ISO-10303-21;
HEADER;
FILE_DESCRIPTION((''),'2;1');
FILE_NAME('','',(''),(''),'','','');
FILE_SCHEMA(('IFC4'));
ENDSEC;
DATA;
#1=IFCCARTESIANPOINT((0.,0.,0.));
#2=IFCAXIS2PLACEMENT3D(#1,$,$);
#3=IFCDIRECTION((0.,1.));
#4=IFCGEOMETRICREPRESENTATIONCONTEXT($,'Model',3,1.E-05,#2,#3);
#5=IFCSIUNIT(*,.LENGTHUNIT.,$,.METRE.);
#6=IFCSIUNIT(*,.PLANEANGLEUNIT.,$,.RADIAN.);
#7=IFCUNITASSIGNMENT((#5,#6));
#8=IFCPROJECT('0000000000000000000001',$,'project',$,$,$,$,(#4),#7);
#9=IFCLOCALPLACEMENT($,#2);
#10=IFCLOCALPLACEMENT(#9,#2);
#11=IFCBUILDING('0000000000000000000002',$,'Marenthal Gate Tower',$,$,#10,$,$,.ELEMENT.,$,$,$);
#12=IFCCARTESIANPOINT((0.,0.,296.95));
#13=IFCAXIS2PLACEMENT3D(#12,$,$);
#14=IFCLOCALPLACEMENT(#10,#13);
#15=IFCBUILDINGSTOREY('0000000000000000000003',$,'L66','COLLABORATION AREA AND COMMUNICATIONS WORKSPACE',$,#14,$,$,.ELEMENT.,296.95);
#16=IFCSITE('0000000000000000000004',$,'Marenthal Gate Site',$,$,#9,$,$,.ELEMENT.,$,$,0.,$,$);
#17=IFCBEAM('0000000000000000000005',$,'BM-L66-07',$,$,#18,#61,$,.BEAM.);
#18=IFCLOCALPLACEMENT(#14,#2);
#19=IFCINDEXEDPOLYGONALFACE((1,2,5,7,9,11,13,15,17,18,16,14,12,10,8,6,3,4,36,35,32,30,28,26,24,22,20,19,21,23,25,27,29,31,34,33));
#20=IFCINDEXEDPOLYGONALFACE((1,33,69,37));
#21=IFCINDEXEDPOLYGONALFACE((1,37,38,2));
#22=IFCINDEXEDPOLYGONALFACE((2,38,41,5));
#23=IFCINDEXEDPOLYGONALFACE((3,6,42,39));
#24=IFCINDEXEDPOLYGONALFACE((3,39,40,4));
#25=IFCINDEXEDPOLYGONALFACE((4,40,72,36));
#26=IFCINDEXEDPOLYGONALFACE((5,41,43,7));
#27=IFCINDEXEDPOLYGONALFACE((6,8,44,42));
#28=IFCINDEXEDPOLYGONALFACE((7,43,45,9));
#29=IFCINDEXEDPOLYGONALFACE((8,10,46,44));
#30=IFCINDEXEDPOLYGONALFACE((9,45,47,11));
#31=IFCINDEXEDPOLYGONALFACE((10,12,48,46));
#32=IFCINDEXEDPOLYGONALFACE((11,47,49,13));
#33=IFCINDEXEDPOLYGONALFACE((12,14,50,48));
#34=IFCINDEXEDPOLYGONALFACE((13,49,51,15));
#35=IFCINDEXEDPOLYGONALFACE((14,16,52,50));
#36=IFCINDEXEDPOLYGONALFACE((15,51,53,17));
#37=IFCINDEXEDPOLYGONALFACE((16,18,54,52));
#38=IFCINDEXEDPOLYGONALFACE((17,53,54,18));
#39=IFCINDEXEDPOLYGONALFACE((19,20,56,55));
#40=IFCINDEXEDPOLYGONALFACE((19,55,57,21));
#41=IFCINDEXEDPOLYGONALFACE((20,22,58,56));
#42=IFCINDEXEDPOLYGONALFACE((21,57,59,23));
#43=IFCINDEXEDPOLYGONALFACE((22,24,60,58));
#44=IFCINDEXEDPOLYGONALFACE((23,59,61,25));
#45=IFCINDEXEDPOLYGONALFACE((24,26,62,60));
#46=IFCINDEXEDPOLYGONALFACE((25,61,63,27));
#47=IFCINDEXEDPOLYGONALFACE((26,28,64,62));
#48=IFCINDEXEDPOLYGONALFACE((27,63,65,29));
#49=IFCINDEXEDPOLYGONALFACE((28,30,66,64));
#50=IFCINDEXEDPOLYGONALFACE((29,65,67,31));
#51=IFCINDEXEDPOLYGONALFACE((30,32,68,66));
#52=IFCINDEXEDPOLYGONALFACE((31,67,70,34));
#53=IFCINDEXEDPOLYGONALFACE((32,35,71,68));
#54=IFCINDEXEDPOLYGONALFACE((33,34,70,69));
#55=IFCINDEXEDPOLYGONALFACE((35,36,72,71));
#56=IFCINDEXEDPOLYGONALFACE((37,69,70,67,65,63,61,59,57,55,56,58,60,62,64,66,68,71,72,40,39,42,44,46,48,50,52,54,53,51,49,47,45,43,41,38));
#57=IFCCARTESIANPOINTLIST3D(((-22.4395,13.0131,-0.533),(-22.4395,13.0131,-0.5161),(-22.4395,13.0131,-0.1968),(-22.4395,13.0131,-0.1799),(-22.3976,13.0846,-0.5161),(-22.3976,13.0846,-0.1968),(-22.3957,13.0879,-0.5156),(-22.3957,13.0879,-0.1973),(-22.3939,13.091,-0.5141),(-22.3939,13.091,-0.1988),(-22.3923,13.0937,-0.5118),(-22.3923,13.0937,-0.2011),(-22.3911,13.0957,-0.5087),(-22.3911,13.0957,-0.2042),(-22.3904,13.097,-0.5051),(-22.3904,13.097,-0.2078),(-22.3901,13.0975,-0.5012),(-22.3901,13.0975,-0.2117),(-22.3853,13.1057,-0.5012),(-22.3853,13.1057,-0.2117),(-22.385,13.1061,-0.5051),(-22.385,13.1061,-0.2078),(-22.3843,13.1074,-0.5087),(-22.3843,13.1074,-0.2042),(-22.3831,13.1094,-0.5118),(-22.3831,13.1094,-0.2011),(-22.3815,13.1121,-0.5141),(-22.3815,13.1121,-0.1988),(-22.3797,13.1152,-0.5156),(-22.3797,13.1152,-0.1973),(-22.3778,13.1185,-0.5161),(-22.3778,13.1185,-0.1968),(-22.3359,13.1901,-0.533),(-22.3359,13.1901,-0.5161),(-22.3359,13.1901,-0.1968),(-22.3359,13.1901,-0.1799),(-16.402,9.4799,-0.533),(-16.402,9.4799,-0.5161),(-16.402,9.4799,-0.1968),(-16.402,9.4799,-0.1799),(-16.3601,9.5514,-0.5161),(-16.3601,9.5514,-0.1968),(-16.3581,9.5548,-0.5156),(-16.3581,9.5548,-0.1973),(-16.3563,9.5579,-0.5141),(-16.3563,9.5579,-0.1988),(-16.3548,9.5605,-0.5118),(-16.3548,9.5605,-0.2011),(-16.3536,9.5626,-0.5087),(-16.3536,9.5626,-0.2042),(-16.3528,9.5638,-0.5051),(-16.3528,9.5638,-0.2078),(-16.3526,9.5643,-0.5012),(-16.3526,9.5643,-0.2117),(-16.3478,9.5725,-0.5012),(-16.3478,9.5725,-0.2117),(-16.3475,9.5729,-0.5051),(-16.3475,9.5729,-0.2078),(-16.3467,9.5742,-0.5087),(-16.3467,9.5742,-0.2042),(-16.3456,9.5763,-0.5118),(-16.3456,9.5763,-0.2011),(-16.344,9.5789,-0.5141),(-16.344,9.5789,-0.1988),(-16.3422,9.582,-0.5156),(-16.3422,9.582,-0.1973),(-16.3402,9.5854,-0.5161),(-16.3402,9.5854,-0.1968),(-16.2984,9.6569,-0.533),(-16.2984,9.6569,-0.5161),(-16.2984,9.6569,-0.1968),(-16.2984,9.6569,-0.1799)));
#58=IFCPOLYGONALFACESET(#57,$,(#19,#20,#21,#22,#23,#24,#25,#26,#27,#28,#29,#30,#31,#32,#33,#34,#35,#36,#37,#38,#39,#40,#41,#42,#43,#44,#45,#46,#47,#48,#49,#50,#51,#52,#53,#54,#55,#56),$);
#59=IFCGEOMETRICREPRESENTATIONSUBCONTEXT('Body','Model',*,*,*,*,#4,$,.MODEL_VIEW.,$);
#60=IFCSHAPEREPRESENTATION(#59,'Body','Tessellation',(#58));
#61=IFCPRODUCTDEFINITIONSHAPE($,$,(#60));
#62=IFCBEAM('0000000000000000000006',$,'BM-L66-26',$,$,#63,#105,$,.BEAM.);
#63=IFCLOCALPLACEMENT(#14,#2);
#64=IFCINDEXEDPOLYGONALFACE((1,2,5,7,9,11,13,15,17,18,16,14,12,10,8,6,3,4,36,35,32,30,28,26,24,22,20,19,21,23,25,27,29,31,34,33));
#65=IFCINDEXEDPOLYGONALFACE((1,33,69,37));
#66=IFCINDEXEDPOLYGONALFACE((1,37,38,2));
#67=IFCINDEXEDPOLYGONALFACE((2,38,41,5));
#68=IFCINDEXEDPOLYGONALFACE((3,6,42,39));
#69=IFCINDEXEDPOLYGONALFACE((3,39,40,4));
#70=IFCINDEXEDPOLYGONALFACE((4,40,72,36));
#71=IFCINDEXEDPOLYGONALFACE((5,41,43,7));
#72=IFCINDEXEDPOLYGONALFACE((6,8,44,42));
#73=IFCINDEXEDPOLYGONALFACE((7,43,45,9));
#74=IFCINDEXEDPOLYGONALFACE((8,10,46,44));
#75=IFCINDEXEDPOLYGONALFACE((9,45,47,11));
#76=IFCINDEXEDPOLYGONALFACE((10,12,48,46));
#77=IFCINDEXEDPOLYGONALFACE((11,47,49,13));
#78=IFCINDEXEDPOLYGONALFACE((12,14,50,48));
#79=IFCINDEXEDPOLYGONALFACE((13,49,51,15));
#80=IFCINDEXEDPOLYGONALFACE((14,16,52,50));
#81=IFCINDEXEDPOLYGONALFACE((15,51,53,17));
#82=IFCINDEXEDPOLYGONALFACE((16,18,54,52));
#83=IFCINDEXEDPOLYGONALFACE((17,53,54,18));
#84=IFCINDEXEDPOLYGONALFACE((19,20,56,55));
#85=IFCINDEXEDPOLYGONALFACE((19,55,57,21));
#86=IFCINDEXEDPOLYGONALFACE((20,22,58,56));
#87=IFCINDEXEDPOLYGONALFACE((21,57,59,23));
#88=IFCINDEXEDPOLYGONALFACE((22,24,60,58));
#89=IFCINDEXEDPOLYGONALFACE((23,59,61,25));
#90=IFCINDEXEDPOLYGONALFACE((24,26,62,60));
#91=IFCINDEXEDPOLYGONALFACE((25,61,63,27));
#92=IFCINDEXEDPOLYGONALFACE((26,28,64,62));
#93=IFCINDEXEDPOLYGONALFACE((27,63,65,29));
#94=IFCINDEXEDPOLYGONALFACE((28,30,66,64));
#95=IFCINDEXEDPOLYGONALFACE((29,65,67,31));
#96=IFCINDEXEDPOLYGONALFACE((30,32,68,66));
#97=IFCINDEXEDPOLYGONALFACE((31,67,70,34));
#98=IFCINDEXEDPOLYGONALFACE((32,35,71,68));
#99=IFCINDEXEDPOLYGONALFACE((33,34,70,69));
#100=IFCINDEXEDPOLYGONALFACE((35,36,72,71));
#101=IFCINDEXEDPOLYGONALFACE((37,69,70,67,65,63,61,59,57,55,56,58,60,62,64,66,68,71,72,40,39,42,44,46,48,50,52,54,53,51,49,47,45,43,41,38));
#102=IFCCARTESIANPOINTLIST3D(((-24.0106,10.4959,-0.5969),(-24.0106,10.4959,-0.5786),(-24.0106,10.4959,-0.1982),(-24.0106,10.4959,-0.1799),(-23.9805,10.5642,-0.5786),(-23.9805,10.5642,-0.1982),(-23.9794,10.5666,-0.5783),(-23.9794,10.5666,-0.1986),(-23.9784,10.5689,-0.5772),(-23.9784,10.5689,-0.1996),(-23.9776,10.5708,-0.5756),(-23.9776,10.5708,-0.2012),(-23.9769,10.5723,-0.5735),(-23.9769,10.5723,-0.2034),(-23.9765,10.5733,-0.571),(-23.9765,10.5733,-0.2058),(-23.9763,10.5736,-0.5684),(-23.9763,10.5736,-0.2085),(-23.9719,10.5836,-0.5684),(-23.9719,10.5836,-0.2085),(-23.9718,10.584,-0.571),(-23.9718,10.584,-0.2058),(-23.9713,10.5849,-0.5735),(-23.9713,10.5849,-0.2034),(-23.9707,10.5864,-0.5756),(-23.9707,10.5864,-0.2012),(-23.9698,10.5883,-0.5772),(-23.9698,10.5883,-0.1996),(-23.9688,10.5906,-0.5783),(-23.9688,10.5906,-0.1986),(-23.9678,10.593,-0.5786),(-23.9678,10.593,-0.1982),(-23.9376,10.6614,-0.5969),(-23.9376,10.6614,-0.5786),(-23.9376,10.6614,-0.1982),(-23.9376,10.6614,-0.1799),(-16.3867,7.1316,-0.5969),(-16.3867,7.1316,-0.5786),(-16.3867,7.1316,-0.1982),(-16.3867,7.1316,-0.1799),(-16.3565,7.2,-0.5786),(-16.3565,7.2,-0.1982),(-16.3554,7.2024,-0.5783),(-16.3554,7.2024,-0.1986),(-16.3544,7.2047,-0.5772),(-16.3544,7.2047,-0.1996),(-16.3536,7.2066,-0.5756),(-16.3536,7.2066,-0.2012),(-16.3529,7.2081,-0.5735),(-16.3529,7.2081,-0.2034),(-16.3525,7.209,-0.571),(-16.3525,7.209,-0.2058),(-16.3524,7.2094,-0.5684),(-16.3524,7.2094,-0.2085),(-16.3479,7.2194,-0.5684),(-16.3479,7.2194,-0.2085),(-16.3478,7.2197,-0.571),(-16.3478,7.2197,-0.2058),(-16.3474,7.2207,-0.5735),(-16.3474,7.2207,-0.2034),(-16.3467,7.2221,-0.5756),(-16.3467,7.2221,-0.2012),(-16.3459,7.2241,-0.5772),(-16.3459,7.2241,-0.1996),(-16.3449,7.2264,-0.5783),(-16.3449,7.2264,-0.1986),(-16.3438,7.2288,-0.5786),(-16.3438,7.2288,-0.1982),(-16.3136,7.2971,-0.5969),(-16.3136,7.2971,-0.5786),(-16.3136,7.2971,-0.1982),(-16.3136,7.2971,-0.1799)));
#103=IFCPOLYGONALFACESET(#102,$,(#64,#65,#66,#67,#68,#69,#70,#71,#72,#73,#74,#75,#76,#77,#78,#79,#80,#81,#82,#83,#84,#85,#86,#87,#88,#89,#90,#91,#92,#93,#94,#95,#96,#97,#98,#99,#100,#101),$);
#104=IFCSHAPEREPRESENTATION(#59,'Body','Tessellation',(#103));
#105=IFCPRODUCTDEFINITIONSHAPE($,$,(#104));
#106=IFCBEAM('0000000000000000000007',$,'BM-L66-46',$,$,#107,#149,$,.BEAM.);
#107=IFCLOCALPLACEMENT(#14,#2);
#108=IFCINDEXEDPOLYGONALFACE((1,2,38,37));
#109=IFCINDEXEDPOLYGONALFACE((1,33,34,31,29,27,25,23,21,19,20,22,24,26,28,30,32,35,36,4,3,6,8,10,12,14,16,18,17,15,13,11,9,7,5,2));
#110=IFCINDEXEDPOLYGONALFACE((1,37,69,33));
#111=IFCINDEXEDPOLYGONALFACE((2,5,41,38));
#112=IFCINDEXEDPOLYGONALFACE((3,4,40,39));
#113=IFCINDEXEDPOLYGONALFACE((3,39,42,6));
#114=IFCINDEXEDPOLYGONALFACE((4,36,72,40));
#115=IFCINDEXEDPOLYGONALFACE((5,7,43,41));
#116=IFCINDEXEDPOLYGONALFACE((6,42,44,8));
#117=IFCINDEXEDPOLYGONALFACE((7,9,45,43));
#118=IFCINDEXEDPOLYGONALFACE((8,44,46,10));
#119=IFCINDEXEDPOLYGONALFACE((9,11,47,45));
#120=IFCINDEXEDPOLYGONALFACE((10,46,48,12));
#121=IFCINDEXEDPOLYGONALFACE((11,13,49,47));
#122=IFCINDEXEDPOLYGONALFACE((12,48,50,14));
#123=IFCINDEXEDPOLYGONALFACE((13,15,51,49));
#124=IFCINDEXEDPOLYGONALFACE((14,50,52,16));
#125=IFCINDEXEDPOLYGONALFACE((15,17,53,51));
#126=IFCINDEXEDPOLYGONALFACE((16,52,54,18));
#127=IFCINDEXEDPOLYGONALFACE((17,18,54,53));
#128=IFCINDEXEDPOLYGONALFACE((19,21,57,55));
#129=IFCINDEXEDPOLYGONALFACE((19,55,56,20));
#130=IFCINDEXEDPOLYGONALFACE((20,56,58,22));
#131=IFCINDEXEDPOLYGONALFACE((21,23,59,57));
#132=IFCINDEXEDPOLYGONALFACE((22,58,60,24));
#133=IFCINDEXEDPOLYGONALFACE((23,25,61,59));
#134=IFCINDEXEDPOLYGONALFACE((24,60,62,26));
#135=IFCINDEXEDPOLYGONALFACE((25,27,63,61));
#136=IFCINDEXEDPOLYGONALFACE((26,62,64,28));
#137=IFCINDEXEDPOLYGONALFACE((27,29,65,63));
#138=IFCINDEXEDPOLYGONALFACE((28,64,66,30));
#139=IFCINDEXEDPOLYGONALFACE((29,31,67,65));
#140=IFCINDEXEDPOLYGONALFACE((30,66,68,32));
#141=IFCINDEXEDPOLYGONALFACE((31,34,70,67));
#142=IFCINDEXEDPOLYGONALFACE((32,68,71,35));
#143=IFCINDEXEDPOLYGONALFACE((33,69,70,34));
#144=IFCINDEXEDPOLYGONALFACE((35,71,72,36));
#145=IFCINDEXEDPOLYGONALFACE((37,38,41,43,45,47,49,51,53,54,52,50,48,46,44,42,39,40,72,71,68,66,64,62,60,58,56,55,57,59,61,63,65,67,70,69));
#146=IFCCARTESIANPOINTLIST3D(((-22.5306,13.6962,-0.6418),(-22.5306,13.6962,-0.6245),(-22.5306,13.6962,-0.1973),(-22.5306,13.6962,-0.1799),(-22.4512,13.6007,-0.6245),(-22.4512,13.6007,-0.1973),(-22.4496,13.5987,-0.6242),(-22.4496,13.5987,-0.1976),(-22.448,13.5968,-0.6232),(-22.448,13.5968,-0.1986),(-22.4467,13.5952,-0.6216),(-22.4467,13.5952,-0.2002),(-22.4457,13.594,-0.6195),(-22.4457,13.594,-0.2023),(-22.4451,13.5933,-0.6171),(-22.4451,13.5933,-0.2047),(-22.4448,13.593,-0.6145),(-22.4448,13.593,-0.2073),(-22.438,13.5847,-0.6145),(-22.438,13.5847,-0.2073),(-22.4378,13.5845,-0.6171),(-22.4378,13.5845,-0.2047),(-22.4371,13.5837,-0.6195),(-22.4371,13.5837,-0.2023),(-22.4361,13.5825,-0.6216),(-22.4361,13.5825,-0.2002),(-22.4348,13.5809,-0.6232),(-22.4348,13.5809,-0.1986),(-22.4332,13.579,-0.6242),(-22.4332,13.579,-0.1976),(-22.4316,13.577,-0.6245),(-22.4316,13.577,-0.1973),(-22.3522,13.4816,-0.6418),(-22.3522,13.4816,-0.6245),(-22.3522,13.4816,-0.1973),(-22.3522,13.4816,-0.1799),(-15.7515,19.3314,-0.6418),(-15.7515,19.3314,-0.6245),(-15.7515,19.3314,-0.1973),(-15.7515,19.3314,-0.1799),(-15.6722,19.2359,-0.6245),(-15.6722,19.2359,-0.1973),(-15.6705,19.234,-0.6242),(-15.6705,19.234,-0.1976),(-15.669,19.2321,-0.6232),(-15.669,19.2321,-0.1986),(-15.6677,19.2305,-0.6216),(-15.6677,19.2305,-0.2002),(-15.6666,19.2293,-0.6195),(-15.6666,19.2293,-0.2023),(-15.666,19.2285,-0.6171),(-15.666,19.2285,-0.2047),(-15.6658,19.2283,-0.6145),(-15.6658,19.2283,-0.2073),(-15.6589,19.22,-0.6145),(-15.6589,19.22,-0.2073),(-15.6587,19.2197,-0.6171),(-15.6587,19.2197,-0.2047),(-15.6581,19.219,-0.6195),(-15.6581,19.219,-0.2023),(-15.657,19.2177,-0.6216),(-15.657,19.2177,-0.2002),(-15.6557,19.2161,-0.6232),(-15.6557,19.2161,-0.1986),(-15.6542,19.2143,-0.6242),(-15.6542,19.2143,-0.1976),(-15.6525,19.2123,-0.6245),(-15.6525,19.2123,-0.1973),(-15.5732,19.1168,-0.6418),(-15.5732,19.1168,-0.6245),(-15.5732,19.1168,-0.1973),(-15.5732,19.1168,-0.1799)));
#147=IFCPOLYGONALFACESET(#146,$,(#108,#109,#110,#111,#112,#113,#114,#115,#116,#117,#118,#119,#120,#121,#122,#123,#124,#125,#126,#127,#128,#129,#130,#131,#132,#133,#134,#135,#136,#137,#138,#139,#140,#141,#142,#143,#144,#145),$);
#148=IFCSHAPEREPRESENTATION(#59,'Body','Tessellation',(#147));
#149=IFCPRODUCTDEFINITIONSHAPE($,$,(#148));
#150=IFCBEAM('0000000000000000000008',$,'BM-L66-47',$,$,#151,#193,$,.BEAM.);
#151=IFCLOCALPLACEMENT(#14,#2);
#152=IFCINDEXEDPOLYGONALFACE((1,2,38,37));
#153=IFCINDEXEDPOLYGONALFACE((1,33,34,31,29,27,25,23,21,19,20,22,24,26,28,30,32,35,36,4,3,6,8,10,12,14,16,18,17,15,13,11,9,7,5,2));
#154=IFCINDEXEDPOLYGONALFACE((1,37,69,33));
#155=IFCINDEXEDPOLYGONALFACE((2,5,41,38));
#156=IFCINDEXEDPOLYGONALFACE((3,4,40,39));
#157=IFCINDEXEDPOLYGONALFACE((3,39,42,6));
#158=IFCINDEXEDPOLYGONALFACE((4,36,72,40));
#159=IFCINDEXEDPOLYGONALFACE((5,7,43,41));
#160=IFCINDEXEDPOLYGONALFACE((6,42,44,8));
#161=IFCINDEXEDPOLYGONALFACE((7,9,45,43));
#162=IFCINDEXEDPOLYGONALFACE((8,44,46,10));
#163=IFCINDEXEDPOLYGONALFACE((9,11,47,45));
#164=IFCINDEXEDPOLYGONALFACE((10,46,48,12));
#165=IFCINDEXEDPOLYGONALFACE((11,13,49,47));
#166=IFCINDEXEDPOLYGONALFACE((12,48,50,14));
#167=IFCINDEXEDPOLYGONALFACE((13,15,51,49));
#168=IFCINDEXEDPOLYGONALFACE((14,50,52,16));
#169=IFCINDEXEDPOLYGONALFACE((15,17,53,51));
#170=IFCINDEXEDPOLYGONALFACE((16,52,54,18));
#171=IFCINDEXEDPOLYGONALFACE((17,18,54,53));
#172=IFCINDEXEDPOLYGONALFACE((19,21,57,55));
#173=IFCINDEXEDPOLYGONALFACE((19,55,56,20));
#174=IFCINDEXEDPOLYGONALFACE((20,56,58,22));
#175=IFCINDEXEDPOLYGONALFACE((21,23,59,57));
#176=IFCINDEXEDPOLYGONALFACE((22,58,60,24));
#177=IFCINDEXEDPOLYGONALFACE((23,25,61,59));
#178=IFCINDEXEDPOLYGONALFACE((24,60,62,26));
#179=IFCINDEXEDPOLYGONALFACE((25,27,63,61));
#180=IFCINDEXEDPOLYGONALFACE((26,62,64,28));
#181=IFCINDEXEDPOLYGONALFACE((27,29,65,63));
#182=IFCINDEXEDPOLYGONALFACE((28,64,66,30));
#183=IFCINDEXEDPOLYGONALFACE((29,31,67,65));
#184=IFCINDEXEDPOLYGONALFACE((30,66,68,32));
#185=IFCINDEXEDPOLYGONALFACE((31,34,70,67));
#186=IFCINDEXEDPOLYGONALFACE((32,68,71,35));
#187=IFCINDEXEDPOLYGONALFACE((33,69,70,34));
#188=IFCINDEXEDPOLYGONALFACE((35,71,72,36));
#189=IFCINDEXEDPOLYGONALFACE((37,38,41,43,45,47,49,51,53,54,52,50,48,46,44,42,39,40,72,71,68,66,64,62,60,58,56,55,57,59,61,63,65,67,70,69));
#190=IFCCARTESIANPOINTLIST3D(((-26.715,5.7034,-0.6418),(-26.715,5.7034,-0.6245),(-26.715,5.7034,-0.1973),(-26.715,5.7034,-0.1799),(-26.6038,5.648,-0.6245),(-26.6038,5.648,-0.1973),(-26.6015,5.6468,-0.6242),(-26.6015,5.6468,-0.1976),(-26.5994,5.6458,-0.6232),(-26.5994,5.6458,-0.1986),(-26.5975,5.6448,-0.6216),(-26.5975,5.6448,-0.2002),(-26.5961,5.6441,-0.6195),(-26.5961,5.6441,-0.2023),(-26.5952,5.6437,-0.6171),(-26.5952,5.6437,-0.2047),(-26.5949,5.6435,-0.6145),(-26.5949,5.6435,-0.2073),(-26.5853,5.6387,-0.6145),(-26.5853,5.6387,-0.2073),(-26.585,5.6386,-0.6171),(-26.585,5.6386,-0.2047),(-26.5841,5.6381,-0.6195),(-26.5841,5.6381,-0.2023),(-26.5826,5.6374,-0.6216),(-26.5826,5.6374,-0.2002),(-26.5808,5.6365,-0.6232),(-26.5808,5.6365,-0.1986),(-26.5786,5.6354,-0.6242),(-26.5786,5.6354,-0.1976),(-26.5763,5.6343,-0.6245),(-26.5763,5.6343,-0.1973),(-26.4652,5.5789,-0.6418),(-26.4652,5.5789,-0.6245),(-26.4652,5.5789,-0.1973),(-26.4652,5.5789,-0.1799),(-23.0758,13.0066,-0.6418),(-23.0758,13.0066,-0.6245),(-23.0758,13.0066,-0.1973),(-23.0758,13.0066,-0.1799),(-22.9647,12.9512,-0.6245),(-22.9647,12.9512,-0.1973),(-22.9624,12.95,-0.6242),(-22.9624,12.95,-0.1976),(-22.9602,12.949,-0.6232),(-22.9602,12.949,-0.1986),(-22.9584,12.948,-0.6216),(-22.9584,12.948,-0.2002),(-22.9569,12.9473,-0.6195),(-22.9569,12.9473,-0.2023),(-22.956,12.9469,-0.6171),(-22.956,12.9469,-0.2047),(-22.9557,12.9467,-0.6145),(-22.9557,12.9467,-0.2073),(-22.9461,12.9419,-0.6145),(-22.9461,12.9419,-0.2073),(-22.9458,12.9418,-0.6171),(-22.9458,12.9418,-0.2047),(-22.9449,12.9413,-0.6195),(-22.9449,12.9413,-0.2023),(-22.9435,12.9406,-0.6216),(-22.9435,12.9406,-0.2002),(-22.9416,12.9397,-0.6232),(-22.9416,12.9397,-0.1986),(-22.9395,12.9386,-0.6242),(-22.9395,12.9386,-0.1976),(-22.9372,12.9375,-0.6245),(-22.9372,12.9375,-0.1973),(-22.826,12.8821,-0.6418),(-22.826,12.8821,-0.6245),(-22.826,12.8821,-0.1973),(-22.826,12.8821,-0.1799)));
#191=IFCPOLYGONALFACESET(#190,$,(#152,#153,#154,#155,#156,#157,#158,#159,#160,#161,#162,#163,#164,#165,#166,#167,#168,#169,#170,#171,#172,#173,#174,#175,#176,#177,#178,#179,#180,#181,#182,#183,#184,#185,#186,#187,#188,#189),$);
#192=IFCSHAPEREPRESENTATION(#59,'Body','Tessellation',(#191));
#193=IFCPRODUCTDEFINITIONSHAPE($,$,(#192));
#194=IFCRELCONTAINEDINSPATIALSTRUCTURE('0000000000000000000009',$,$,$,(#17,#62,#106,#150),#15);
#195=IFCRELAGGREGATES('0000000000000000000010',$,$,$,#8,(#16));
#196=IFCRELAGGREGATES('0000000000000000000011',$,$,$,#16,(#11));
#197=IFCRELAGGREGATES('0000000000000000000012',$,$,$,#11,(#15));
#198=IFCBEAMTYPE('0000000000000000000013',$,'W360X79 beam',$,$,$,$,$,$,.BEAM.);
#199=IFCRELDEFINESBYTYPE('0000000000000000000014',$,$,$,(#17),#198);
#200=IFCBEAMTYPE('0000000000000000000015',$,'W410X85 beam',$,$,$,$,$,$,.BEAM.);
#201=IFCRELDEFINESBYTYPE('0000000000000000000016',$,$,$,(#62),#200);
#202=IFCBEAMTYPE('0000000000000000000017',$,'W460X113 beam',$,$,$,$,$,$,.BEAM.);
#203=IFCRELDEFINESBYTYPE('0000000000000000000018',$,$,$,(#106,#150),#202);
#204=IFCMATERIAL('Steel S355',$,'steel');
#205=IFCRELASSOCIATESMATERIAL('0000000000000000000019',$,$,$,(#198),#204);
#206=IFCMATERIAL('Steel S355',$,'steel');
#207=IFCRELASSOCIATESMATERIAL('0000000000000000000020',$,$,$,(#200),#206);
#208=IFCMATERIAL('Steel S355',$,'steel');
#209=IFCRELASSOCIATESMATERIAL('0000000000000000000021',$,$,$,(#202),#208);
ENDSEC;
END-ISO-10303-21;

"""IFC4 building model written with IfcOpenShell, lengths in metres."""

from ifc_helpers import new_model, si_unit, direction, frame, origin, origin_2d, place, context, subcontext, project, spatial, i_section, extrude, material, material_profile, profile_set, type_object, element, save


model = new_model("IFC4")

# Units and contexts
model_context = context("Model", 3, precision=1e-05, world=origin(), true_north=direction((0.0, 1.0)))
body_context = subcontext(model_context, "Body", "Model", "MODEL_VIEW")
ifc_project = project(units=[si_unit("LENGTHUNIT", "METRE"), si_unit("PLANEANGLEUNIT", "RADIAN")], contexts=[model_context])

# Site, building, storey
site_placement = place(None, origin())
site = spatial("IfcSite", under=ifc_project, at=site_placement, Name="Marenthal Gate Site", CompositionType="ELEMENT", RefElevation=0.0)
building_placement = place(site_placement, origin())
building = spatial("IfcBuilding", under=site, at=building_placement, Name="Marenthal Gate Tower", CompositionType="ELEMENT")
storey_placement = place(building_placement, frame((0.0, 0.0, 296.95)))
storey = spatial("IfcBuildingStorey", under=building, at=storey_placement, Name="L66", Description="COLLABORATION AREA AND COMMUNICATIONS WORKSPACE", CompositionType="ELEMENT", Elevation=296.95)

# Beams
ifc_material_1 = material(Name="Steel S355", Category="steel")
ifc_material_profile_1 = material_profile(ifc_material_1, i_section(OverallWidth=0.2051, OverallDepth=0.353, WebThickness=0.0095, FlangeThickness=0.0168, FilletRadius=0.0149, at=origin_2d()), Name="W360X79")
ifc_profile_set_1 = profile_set([ifc_material_profile_1], Name="Steel S355")
beam_type_1 = type_object("IfcBeamType", Name="W360X79 beam", PredefinedType="BEAM", material=ifc_profile_set_1)
beam_1_placement = place(storey_placement, frame((-22.3877, 13.1016, -0.3564), z_axis=(0.863077, -0.505073, 0.0), x_axis=(0.505073, 0.863077, 0.0)))
element("IfcBeam", 1, at=beam_1_placement, inside=storey, type_object=beam_type_1, Name="BM-L66-07", PredefinedType="BEAM", context=body_context, shape_type="SweptSolid", body=[
    extrude(i_section(OverallWidth=0.2051, OverallDepth=0.353, WebThickness=0.0095, FlangeThickness=0.0168, FilletRadius=0.0149, at=origin_2d()), origin(), (0.0, 0.0, 1.0), 6.9954),
])
ifc_material_2 = material(Name="Steel S355", Category="steel")
ifc_material_profile_2 = material_profile(ifc_material_2, i_section(OverallWidth=0.1809, OverallDepth=0.417, WebThickness=0.011, FlangeThickness=0.0183, FilletRadius=0.0103, at=origin_2d()), Name="W410X85")
ifc_profile_set_2 = profile_set([ifc_material_profile_2], Name="Steel S355")
beam_type_2 = type_object("IfcBeamType", Name="W410X85 beam", PredefinedType="BEAM", material=ifc_profile_set_2)
beam_2_placement = place(storey_placement, frame((-23.9741, 10.5786, -0.3884), z_axis=(0.914886, -0.403712, 0.0), x_axis=(0.403712, 0.914886, 0.0)))
element("IfcBeam", 2, at=beam_2_placement, inside=storey, type_object=beam_type_2, Name="BM-L66-26", PredefinedType="BEAM", context=body_context, shape_type="SweptSolid", body=[
    extrude(i_section(OverallWidth=0.1809, OverallDepth=0.417, WebThickness=0.011, FlangeThickness=0.0183, FilletRadius=0.0103, at=origin_2d()), origin(), (0.0, 0.0, 1.0), 8.3333),
])
ifc_material_3 = material(Name="Steel S355", Category="steel")
ifc_material_profile_3 = material_profile(ifc_material_3, i_section(OverallWidth=0.2791, OverallDepth=0.4619, WebThickness=0.0107, FlangeThickness=0.0173, FilletRadius=0.01, at=origin_2d()), Name="W460X113")
ifc_profile_set_3 = profile_set([ifc_material_profile_3], Name="Steel S355")
beam_type_3 = type_object("IfcBeamType", Name="W460X113 beam", PredefinedType="BEAM", material=ifc_profile_set_3)
beam_3_placement = place(storey_placement, frame((-15.6624, 19.2241, -0.4109), z_axis=(-0.768999, -0.63925, 0.0), x_axis=(0.63925, -0.768999, 0.0)))
element("IfcBeam", 3, at=beam_3_placement, inside=storey, type_object=beam_type_3, Name="BM-L66-46", PredefinedType="BEAM", context=body_context, shape_type="SweptSolid", body=[
    extrude(i_section(OverallWidth=0.2791, OverallDepth=0.4619, WebThickness=0.0107, FlangeThickness=0.0173, FilletRadius=0.01, at=origin_2d()), origin(), (0.0, 0.0, 1.0), 8.8154),
])
beam_4_placement = place(storey_placement, frame((-22.9509, 12.9443, -0.4109), z_axis=(-0.445992, -0.895037, 0.0), x_axis=(0.895037, -0.445992, 0.0)))
element("IfcBeam", 4, at=beam_4_placement, inside=storey, type_object=beam_type_3, Name="BM-L66-47", PredefinedType="BEAM", context=body_context, shape_type="SweptSolid", body=[
    extrude(i_section(OverallWidth=0.2791, OverallDepth=0.4619, WebThickness=0.0107, FlangeThickness=0.0173, FilletRadius=0.01, at=origin_2d()), origin(), (0.0, 0.0, 1.0), 8.1597),
])

save(model, "model.ifc")
